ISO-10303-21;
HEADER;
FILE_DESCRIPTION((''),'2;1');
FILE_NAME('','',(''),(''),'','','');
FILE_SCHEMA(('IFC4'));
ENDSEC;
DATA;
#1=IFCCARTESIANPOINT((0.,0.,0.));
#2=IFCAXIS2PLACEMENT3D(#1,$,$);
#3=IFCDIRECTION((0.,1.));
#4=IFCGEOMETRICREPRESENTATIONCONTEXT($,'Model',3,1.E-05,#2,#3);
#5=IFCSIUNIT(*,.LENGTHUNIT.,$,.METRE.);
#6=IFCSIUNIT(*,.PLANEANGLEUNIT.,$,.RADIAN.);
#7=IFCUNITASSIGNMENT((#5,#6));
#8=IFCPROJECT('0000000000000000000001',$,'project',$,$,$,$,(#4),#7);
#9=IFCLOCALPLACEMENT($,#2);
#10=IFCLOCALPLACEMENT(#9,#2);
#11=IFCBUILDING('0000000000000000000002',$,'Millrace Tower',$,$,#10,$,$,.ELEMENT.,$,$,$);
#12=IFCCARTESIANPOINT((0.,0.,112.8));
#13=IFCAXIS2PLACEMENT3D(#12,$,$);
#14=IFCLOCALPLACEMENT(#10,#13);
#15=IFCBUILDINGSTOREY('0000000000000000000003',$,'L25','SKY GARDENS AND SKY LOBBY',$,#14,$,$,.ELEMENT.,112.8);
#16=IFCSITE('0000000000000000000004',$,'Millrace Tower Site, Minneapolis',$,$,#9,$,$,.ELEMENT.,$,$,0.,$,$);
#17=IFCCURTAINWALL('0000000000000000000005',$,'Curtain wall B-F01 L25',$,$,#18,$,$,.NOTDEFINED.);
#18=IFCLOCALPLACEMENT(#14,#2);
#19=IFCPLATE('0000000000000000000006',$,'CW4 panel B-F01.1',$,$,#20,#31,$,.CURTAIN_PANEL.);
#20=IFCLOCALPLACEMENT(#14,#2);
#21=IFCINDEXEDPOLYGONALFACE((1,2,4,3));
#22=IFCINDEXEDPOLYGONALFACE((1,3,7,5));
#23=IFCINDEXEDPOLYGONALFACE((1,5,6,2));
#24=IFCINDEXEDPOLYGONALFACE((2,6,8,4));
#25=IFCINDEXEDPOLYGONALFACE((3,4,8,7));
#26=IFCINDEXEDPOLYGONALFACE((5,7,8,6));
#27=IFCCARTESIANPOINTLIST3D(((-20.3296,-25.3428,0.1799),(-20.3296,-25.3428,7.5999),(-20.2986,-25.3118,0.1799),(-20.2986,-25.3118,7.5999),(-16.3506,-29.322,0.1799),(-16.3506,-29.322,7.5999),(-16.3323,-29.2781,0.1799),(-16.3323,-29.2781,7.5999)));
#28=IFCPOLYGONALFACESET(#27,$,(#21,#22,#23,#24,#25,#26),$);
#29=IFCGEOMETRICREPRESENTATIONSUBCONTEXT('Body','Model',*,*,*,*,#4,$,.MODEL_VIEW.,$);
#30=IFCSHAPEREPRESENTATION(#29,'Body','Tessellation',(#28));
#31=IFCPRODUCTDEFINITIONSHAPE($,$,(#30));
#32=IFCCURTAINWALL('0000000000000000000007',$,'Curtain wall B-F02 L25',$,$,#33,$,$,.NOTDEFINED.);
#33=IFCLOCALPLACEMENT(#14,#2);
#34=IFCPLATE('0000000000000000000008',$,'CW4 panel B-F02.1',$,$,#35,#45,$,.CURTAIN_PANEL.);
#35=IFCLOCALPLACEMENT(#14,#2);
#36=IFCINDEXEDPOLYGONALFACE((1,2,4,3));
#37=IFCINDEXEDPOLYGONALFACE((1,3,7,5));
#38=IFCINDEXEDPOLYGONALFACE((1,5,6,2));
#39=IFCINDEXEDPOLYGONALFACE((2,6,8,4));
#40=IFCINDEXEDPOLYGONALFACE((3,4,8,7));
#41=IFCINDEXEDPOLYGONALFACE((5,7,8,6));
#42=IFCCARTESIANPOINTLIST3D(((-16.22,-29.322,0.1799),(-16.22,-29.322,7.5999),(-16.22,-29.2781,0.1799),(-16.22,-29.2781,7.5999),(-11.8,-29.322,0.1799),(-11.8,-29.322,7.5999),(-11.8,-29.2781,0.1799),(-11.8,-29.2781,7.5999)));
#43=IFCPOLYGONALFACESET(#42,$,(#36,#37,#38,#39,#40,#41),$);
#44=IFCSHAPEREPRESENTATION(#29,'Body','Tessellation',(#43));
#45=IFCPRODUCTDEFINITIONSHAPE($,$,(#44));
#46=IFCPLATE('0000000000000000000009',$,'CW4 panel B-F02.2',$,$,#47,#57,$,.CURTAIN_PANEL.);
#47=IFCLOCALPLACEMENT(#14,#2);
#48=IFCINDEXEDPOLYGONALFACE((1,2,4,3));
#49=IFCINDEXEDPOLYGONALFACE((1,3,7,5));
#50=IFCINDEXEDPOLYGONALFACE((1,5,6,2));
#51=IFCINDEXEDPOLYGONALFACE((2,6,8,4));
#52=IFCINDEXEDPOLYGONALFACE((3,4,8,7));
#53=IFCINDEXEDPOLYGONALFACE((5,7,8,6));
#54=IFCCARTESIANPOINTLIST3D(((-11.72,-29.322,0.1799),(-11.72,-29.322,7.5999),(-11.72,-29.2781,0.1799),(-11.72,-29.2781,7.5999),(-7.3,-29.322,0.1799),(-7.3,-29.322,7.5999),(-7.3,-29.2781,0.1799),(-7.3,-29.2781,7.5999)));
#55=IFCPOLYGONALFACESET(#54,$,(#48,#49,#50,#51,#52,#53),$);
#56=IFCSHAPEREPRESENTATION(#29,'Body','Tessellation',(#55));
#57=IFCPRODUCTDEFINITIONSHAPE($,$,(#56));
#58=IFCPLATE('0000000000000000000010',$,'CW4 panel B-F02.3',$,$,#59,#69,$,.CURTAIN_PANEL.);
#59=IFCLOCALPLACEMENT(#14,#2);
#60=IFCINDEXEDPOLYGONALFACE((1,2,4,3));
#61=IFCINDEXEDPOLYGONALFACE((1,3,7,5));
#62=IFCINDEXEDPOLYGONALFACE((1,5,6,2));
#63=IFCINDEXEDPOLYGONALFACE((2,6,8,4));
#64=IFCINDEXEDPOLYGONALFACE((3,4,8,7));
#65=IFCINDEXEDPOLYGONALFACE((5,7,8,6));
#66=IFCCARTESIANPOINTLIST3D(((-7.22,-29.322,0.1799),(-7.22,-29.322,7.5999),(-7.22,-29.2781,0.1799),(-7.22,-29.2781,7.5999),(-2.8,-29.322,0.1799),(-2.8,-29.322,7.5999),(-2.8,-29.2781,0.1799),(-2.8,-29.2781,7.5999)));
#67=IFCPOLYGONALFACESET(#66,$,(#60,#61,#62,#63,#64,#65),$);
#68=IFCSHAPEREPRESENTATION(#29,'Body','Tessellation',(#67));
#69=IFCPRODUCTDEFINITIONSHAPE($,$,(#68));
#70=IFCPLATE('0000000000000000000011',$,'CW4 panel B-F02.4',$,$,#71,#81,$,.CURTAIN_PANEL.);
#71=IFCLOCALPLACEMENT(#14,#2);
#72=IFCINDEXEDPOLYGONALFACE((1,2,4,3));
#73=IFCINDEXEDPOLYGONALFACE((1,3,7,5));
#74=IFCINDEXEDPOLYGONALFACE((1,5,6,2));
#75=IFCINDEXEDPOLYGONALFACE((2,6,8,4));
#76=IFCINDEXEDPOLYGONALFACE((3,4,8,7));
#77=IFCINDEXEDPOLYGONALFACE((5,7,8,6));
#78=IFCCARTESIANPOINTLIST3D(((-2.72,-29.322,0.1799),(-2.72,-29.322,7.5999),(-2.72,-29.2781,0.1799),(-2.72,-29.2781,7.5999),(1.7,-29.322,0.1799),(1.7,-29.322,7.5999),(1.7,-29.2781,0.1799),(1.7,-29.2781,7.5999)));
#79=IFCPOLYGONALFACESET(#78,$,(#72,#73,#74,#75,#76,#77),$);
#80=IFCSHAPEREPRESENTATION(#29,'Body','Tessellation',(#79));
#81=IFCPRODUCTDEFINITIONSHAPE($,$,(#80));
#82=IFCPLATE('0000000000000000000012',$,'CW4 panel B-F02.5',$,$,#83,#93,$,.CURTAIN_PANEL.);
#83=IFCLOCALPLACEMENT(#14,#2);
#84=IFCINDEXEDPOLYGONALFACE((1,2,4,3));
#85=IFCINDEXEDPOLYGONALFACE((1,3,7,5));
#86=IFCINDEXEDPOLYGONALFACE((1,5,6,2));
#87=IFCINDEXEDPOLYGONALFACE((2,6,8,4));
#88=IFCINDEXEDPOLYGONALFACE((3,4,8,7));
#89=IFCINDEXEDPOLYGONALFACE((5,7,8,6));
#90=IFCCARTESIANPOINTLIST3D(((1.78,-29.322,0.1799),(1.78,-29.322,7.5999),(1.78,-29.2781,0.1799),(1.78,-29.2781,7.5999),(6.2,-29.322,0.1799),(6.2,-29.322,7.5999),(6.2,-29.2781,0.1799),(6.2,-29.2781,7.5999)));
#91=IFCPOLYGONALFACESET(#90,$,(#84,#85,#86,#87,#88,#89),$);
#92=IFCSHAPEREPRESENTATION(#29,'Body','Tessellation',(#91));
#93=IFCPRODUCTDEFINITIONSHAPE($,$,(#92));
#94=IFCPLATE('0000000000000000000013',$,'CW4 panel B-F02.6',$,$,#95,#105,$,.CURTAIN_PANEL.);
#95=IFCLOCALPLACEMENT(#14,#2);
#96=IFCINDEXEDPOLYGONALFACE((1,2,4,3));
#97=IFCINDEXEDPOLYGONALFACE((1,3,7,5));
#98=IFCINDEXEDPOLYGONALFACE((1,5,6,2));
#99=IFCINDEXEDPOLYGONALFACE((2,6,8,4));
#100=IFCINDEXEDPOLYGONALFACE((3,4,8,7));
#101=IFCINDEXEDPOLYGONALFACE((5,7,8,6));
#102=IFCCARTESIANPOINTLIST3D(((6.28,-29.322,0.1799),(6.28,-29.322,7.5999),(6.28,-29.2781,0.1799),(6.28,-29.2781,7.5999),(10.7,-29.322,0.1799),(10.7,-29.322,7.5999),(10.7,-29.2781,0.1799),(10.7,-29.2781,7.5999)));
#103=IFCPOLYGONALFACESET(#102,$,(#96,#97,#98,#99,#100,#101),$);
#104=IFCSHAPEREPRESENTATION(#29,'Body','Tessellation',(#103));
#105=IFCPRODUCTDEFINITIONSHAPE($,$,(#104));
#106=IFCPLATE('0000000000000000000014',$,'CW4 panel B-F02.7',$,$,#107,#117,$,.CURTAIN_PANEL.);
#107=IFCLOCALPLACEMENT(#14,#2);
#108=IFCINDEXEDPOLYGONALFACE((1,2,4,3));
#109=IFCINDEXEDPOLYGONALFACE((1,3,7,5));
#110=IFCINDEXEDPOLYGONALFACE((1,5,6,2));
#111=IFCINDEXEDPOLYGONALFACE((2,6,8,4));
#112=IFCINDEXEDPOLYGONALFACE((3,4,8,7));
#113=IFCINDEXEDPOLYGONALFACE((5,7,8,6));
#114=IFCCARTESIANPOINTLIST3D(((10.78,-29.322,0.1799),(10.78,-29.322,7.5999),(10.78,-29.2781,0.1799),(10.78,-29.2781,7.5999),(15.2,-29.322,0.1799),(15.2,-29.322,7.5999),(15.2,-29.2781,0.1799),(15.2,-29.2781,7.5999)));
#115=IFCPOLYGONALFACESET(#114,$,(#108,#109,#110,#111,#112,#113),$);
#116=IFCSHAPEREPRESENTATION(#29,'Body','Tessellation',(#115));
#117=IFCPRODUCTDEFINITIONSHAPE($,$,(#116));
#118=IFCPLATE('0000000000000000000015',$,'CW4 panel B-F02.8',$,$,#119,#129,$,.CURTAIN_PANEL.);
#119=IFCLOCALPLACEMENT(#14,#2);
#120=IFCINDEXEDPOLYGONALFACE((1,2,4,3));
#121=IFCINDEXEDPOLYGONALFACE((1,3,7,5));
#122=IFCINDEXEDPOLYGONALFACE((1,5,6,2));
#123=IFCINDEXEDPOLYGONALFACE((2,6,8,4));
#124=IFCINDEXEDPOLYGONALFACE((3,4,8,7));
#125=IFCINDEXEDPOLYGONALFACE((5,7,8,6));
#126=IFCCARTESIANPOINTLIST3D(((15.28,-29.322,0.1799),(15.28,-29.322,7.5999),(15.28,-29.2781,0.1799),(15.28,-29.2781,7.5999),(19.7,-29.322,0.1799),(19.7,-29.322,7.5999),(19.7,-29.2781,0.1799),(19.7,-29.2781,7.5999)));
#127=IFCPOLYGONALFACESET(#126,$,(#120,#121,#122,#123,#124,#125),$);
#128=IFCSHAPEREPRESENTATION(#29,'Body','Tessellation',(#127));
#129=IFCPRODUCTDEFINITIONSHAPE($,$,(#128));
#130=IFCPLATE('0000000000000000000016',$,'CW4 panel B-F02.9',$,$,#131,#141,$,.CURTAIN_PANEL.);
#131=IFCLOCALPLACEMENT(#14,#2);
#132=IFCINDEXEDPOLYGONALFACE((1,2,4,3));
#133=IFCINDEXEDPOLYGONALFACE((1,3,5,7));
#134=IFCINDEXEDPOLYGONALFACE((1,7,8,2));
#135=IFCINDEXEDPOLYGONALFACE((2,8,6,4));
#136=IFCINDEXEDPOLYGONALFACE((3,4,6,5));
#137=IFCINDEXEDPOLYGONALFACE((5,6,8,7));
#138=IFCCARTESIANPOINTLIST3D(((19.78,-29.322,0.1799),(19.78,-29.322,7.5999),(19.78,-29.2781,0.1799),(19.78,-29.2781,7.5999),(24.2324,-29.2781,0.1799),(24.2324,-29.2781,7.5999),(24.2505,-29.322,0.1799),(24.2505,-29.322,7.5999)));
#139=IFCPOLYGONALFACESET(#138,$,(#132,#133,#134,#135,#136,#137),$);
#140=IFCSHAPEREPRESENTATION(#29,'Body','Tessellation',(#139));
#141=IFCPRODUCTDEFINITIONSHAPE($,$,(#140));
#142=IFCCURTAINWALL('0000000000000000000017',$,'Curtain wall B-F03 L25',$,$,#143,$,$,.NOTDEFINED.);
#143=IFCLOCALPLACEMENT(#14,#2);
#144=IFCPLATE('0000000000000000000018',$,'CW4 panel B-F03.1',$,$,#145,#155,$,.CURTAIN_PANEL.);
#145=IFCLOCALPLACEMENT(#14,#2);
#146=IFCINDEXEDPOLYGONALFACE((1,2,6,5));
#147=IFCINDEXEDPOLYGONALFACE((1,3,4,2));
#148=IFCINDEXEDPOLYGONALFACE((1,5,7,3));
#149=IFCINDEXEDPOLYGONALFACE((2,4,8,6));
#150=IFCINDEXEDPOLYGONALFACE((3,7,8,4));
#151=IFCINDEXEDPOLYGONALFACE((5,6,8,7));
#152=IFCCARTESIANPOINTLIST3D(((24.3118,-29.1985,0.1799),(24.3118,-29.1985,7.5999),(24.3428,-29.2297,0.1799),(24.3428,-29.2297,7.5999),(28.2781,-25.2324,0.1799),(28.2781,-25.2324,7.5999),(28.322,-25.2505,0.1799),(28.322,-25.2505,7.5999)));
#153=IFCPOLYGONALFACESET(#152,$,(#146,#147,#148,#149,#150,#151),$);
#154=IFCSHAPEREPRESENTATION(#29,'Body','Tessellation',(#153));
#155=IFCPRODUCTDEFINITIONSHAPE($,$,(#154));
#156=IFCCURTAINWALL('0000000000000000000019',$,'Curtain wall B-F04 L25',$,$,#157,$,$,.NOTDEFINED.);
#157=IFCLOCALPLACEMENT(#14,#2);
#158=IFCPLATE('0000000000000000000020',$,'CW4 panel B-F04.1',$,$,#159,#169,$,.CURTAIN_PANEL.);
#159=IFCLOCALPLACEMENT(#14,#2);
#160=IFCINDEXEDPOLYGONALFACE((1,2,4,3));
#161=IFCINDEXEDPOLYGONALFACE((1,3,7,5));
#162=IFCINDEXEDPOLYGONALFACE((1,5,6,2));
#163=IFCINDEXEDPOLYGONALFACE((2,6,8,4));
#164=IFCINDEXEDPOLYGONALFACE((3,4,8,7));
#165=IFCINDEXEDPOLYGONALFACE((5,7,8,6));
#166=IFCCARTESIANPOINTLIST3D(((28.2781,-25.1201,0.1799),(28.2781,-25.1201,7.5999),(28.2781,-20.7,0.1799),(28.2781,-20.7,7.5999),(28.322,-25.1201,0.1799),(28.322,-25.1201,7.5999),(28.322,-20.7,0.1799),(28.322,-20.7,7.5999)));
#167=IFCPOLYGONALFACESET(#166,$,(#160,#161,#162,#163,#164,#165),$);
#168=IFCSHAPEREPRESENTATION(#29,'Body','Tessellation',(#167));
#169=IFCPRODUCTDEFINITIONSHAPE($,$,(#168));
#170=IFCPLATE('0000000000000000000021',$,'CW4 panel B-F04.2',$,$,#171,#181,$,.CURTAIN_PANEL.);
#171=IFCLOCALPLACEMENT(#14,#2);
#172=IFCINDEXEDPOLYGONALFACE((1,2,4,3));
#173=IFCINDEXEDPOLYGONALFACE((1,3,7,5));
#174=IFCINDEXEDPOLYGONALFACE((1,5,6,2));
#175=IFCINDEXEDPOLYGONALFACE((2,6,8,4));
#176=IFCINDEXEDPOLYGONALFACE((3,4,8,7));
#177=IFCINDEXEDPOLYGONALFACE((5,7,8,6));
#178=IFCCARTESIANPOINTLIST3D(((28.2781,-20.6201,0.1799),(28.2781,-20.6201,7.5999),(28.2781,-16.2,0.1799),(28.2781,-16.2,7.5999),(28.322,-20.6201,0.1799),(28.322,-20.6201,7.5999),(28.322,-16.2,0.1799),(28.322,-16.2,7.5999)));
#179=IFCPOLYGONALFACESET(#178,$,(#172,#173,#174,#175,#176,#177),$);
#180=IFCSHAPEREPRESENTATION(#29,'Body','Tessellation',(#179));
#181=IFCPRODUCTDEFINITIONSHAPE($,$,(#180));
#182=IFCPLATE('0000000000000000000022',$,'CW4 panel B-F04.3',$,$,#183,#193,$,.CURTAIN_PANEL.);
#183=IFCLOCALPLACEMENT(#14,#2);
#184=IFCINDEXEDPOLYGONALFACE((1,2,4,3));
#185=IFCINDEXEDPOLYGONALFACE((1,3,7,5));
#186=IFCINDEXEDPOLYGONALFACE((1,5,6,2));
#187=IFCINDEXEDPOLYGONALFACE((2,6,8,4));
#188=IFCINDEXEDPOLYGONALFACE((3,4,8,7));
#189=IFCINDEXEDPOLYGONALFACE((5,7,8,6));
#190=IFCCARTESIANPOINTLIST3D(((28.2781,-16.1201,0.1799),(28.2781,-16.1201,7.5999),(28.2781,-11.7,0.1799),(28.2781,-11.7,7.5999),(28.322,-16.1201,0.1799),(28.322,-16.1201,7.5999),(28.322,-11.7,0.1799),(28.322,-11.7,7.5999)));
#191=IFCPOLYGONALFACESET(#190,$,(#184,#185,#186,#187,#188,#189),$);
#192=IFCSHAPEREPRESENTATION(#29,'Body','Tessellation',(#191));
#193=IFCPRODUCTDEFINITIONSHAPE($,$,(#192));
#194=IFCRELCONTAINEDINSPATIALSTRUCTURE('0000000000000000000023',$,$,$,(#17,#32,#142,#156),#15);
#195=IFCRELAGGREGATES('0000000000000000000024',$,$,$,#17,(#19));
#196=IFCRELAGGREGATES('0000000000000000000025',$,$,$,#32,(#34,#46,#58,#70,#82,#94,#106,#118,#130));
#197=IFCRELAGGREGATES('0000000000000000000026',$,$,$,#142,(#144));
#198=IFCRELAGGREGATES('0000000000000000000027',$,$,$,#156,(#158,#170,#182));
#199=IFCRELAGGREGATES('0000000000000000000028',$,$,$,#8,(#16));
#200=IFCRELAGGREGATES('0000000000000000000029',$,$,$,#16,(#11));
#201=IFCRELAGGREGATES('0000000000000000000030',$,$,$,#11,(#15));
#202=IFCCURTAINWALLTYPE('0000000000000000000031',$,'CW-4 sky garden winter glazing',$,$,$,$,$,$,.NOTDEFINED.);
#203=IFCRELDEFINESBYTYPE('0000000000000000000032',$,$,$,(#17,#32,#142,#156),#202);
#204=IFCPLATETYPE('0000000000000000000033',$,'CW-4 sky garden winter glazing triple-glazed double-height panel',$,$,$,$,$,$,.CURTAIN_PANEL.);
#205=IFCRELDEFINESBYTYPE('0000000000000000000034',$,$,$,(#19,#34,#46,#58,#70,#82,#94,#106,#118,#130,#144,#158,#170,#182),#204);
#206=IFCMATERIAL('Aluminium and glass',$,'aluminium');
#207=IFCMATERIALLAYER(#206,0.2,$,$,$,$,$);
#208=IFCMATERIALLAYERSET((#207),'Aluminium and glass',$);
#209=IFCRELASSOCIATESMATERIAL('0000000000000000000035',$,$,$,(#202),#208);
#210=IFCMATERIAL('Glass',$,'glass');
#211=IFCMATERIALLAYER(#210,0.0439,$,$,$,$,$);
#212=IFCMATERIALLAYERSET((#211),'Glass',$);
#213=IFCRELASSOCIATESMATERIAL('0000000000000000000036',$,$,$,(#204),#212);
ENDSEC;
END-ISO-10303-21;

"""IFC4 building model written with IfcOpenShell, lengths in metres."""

from ifc_helpers import new_model, si_unit, direction, frame, origin, place, context, subcontext, project, spatial, polyline, outline, extrude, material, layer, layer_set, type_object, element, aggregate, save


model = new_model("IFC4")

# Units and contexts
model_context = context("Model", 3, precision=1e-05, world=origin(), true_north=direction((0.0, 1.0)))
body_context = subcontext(model_context, "Body", "Model", "MODEL_VIEW")
ifc_project = project(units=[si_unit("LENGTHUNIT", "METRE"), si_unit("PLANEANGLEUNIT", "RADIAN")], contexts=[model_context])

# Site, building, storey
site_placement = place(None, origin())
site = spatial("IfcSite", under=ifc_project, at=site_placement, Name="Millrace Tower Site, Minneapolis", CompositionType="ELEMENT", RefElevation=0.0)
building_placement = place(site_placement, origin())
building = spatial("IfcBuilding", under=site, at=building_placement, Name="Millrace Tower", CompositionType="ELEMENT")
storey_placement = place(building_placement, frame((0.0, 0.0, 112.8)))
storey = spatial("IfcBuildingStorey", under=building, at=storey_placement, Name="L25", Description="SKY GARDENS AND SKY LOBBY", CompositionType="ELEMENT", Elevation=112.8)

# Curtain wall, plate
ifc_material_1 = material(Name="Aluminium and glass", Category="aluminium")
ifc_layer_1 = layer(ifc_material_1, 0.2)
ifc_layer_set_1 = layer_set([ifc_layer_1], Name="Aluminium and glass")
curtain_wall_type = type_object("IfcCurtainWallType", Name="CW-4 sky garden winter glazing", PredefinedType="NOTDEFINED", material=ifc_layer_set_1)
placement_1 = place(storey_placement, origin())
curtain_wall_1 = element("IfcCurtainWall", 1, at=placement_1, inside=storey, type_object=curtain_wall_type, Name="Curtain wall B-F01 L25", PredefinedType="NOTDEFINED")
ifc_material_2 = material(Name="Glass", Category="glass")
ifc_layer_2 = layer(ifc_material_2, 0.0439)
ifc_layer_set_2 = layer_set([ifc_layer_2], Name="Glass")
plate_type = type_object("IfcPlateType", Name="CW-4 sky garden winter glazing triple-glazed double-height panel", PredefinedType="CURTAIN_PANEL", material=ifc_layer_set_2)
placement_2 = place(storey_placement, frame((0.0, 0.0, 0.1799)))
plate_1 = element("IfcPlate", 2, at=placement_2, type_object=plate_type, Name="CW4 panel B-F01.1", PredefinedType="CURTAIN_PANEL", context=body_context, shape_type="SweptSolid", body=[
    extrude(outline(polyline([(-20.3296, -25.3428), (-16.3506, -29.322), (-16.3323, -29.2781), (-20.2986, -25.3118), (-20.3296, -25.3428)])), origin(), (0.0, 0.0, 1.0), 7.4199),
])
aggregate(curtain_wall_1, [plate_1])

# Curtain wall, plates
curtain_wall_2 = element("IfcCurtainWall", 3, at=placement_1, inside=storey, type_object=curtain_wall_type, Name="Curtain wall B-F02 L25", PredefinedType="NOTDEFINED")
plate_2 = element("IfcPlate", 4, at=placement_2, type_object=plate_type, Name="CW4 panel B-F02.1", PredefinedType="CURTAIN_PANEL", context=body_context, shape_type="SweptSolid", body=[
    extrude(outline(polyline([(-16.22, -29.322), (-11.8, -29.322), (-11.8, -29.2781), (-16.22, -29.2781), (-16.22, -29.322)])), origin(), (0.0, 0.0, 1.0), 7.4199),
])
plate_3 = element("IfcPlate", 5, at=placement_2, type_object=plate_type, Name="CW4 panel B-F02.2", PredefinedType="CURTAIN_PANEL", context=body_context, shape_type="SweptSolid", body=[
    extrude(outline(polyline([(-11.72, -29.322), (-7.3, -29.322), (-7.3, -29.2781), (-11.72, -29.2781), (-11.72, -29.322)])), origin(), (0.0, 0.0, 1.0), 7.4199),
])
plate_4 = element("IfcPlate", 6, at=placement_2, type_object=plate_type, Name="CW4 panel B-F02.3", PredefinedType="CURTAIN_PANEL", context=body_context, shape_type="SweptSolid", body=[
    extrude(outline(polyline([(-7.22, -29.322), (-2.8, -29.322), (-2.8, -29.2781), (-7.22, -29.2781), (-7.22, -29.322)])), origin(), (0.0, 0.0, 1.0), 7.4199),
])
plate_5 = element("IfcPlate", 7, at=placement_2, type_object=plate_type, Name="CW4 panel B-F02.4", PredefinedType="CURTAIN_PANEL", context=body_context, shape_type="SweptSolid", body=[
    extrude(outline(polyline([(-2.72, -29.322), (1.7, -29.322), (1.7, -29.2781), (-2.72, -29.2781), (-2.72, -29.322)])), origin(), (0.0, 0.0, 1.0), 7.4199),
])
plate_6 = element("IfcPlate", 8, at=placement_2, type_object=plate_type, Name="CW4 panel B-F02.5", PredefinedType="CURTAIN_PANEL", context=body_context, shape_type="SweptSolid", body=[
    extrude(outline(polyline([(1.78, -29.322), (6.2, -29.322), (6.2, -29.2781), (1.78, -29.2781), (1.78, -29.322)])), origin(), (0.0, 0.0, 1.0), 7.4199),
])
plate_7 = element("IfcPlate", 9, at=placement_2, type_object=plate_type, Name="CW4 panel B-F02.6", PredefinedType="CURTAIN_PANEL", context=body_context, shape_type="SweptSolid", body=[
    extrude(outline(polyline([(6.28, -29.322), (10.7, -29.322), (10.7, -29.2781), (6.28, -29.2781), (6.28, -29.322)])), origin(), (0.0, 0.0, 1.0), 7.4199),
])
plate_8 = element("IfcPlate", 10, at=placement_2, type_object=plate_type, Name="CW4 panel B-F02.7", PredefinedType="CURTAIN_PANEL", context=body_context, shape_type="SweptSolid", body=[
    extrude(outline(polyline([(10.78, -29.322), (15.2, -29.322), (15.2, -29.2781), (10.78, -29.2781), (10.78, -29.322)])), origin(), (0.0, 0.0, 1.0), 7.4199),
])
plate_9 = element("IfcPlate", 11, at=placement_2, type_object=plate_type, Name="CW4 panel B-F02.8", PredefinedType="CURTAIN_PANEL", context=body_context, shape_type="SweptSolid", body=[
    extrude(outline(polyline([(15.28, -29.322), (19.7, -29.322), (19.7, -29.2781), (15.28, -29.2781), (15.28, -29.322)])), origin(), (0.0, 0.0, 1.0), 7.4199),
])
plate_10 = element("IfcPlate", 12, at=placement_2, type_object=plate_type, Name="CW4 panel B-F02.9", PredefinedType="CURTAIN_PANEL", context=body_context, shape_type="SweptSolid", body=[
    extrude(outline(polyline([(19.78, -29.322), (24.2505, -29.322), (24.2324, -29.2781), (19.78, -29.2781), (19.78, -29.322)])), origin(), (0.0, 0.0, 1.0), 7.4199),
])
aggregate(curtain_wall_2, [plate_2, plate_3, plate_4, plate_5, plate_6, plate_7, plate_8, plate_9, plate_10])

# Curtain wall, plate
curtain_wall_3 = element("IfcCurtainWall", 13, at=placement_1, inside=storey, type_object=curtain_wall_type, Name="Curtain wall B-F03 L25", PredefinedType="NOTDEFINED")
plate_11 = element("IfcPlate", 14, at=placement_2, type_object=plate_type, Name="CW4 panel B-F03.1", PredefinedType="CURTAIN_PANEL", context=body_context, shape_type="SweptSolid", body=[
    extrude(outline(polyline([(24.3428, -29.2297), (28.322, -25.2505), (28.2781, -25.2324), (24.3118, -29.1985), (24.3428, -29.2297)])), origin(), (0.0, 0.0, 1.0), 7.4199),
])
aggregate(curtain_wall_3, [plate_11])

# Curtain wall, plates
curtain_wall_4 = element("IfcCurtainWall", 15, at=placement_1, inside=storey, type_object=curtain_wall_type, Name="Curtain wall B-F04 L25", PredefinedType="NOTDEFINED")
plate_12 = element("IfcPlate", 16, at=placement_2, type_object=plate_type, Name="CW4 panel B-F04.1", PredefinedType="CURTAIN_PANEL", context=body_context, shape_type="SweptSolid", body=[
    extrude(outline(polyline([(28.322, -25.1201), (28.322, -20.7), (28.2781, -20.7), (28.2781, -25.1201), (28.322, -25.1201)])), origin(), (0.0, 0.0, 1.0), 7.4199),
])
plate_13 = element("IfcPlate", 17, at=placement_2, type_object=plate_type, Name="CW4 panel B-F04.2", PredefinedType="CURTAIN_PANEL", context=body_context, shape_type="SweptSolid", body=[
    extrude(outline(polyline([(28.322, -20.6201), (28.322, -16.2), (28.2781, -16.2), (28.2781, -20.6201), (28.322, -20.6201)])), origin(), (0.0, 0.0, 1.0), 7.4199),
])
plate_14 = element("IfcPlate", 18, at=placement_2, type_object=plate_type, Name="CW4 panel B-F04.3", PredefinedType="CURTAIN_PANEL", context=body_context, shape_type="SweptSolid", body=[
    extrude(outline(polyline([(28.322, -16.1201), (28.322, -11.7), (28.2781, -11.7), (28.2781, -16.1201), (28.322, -16.1201)])), origin(), (0.0, 0.0, 1.0), 7.4199),
])
aggregate(curtain_wall_4, [plate_12, plate_13, plate_14])

save(model, "model.ifc")
